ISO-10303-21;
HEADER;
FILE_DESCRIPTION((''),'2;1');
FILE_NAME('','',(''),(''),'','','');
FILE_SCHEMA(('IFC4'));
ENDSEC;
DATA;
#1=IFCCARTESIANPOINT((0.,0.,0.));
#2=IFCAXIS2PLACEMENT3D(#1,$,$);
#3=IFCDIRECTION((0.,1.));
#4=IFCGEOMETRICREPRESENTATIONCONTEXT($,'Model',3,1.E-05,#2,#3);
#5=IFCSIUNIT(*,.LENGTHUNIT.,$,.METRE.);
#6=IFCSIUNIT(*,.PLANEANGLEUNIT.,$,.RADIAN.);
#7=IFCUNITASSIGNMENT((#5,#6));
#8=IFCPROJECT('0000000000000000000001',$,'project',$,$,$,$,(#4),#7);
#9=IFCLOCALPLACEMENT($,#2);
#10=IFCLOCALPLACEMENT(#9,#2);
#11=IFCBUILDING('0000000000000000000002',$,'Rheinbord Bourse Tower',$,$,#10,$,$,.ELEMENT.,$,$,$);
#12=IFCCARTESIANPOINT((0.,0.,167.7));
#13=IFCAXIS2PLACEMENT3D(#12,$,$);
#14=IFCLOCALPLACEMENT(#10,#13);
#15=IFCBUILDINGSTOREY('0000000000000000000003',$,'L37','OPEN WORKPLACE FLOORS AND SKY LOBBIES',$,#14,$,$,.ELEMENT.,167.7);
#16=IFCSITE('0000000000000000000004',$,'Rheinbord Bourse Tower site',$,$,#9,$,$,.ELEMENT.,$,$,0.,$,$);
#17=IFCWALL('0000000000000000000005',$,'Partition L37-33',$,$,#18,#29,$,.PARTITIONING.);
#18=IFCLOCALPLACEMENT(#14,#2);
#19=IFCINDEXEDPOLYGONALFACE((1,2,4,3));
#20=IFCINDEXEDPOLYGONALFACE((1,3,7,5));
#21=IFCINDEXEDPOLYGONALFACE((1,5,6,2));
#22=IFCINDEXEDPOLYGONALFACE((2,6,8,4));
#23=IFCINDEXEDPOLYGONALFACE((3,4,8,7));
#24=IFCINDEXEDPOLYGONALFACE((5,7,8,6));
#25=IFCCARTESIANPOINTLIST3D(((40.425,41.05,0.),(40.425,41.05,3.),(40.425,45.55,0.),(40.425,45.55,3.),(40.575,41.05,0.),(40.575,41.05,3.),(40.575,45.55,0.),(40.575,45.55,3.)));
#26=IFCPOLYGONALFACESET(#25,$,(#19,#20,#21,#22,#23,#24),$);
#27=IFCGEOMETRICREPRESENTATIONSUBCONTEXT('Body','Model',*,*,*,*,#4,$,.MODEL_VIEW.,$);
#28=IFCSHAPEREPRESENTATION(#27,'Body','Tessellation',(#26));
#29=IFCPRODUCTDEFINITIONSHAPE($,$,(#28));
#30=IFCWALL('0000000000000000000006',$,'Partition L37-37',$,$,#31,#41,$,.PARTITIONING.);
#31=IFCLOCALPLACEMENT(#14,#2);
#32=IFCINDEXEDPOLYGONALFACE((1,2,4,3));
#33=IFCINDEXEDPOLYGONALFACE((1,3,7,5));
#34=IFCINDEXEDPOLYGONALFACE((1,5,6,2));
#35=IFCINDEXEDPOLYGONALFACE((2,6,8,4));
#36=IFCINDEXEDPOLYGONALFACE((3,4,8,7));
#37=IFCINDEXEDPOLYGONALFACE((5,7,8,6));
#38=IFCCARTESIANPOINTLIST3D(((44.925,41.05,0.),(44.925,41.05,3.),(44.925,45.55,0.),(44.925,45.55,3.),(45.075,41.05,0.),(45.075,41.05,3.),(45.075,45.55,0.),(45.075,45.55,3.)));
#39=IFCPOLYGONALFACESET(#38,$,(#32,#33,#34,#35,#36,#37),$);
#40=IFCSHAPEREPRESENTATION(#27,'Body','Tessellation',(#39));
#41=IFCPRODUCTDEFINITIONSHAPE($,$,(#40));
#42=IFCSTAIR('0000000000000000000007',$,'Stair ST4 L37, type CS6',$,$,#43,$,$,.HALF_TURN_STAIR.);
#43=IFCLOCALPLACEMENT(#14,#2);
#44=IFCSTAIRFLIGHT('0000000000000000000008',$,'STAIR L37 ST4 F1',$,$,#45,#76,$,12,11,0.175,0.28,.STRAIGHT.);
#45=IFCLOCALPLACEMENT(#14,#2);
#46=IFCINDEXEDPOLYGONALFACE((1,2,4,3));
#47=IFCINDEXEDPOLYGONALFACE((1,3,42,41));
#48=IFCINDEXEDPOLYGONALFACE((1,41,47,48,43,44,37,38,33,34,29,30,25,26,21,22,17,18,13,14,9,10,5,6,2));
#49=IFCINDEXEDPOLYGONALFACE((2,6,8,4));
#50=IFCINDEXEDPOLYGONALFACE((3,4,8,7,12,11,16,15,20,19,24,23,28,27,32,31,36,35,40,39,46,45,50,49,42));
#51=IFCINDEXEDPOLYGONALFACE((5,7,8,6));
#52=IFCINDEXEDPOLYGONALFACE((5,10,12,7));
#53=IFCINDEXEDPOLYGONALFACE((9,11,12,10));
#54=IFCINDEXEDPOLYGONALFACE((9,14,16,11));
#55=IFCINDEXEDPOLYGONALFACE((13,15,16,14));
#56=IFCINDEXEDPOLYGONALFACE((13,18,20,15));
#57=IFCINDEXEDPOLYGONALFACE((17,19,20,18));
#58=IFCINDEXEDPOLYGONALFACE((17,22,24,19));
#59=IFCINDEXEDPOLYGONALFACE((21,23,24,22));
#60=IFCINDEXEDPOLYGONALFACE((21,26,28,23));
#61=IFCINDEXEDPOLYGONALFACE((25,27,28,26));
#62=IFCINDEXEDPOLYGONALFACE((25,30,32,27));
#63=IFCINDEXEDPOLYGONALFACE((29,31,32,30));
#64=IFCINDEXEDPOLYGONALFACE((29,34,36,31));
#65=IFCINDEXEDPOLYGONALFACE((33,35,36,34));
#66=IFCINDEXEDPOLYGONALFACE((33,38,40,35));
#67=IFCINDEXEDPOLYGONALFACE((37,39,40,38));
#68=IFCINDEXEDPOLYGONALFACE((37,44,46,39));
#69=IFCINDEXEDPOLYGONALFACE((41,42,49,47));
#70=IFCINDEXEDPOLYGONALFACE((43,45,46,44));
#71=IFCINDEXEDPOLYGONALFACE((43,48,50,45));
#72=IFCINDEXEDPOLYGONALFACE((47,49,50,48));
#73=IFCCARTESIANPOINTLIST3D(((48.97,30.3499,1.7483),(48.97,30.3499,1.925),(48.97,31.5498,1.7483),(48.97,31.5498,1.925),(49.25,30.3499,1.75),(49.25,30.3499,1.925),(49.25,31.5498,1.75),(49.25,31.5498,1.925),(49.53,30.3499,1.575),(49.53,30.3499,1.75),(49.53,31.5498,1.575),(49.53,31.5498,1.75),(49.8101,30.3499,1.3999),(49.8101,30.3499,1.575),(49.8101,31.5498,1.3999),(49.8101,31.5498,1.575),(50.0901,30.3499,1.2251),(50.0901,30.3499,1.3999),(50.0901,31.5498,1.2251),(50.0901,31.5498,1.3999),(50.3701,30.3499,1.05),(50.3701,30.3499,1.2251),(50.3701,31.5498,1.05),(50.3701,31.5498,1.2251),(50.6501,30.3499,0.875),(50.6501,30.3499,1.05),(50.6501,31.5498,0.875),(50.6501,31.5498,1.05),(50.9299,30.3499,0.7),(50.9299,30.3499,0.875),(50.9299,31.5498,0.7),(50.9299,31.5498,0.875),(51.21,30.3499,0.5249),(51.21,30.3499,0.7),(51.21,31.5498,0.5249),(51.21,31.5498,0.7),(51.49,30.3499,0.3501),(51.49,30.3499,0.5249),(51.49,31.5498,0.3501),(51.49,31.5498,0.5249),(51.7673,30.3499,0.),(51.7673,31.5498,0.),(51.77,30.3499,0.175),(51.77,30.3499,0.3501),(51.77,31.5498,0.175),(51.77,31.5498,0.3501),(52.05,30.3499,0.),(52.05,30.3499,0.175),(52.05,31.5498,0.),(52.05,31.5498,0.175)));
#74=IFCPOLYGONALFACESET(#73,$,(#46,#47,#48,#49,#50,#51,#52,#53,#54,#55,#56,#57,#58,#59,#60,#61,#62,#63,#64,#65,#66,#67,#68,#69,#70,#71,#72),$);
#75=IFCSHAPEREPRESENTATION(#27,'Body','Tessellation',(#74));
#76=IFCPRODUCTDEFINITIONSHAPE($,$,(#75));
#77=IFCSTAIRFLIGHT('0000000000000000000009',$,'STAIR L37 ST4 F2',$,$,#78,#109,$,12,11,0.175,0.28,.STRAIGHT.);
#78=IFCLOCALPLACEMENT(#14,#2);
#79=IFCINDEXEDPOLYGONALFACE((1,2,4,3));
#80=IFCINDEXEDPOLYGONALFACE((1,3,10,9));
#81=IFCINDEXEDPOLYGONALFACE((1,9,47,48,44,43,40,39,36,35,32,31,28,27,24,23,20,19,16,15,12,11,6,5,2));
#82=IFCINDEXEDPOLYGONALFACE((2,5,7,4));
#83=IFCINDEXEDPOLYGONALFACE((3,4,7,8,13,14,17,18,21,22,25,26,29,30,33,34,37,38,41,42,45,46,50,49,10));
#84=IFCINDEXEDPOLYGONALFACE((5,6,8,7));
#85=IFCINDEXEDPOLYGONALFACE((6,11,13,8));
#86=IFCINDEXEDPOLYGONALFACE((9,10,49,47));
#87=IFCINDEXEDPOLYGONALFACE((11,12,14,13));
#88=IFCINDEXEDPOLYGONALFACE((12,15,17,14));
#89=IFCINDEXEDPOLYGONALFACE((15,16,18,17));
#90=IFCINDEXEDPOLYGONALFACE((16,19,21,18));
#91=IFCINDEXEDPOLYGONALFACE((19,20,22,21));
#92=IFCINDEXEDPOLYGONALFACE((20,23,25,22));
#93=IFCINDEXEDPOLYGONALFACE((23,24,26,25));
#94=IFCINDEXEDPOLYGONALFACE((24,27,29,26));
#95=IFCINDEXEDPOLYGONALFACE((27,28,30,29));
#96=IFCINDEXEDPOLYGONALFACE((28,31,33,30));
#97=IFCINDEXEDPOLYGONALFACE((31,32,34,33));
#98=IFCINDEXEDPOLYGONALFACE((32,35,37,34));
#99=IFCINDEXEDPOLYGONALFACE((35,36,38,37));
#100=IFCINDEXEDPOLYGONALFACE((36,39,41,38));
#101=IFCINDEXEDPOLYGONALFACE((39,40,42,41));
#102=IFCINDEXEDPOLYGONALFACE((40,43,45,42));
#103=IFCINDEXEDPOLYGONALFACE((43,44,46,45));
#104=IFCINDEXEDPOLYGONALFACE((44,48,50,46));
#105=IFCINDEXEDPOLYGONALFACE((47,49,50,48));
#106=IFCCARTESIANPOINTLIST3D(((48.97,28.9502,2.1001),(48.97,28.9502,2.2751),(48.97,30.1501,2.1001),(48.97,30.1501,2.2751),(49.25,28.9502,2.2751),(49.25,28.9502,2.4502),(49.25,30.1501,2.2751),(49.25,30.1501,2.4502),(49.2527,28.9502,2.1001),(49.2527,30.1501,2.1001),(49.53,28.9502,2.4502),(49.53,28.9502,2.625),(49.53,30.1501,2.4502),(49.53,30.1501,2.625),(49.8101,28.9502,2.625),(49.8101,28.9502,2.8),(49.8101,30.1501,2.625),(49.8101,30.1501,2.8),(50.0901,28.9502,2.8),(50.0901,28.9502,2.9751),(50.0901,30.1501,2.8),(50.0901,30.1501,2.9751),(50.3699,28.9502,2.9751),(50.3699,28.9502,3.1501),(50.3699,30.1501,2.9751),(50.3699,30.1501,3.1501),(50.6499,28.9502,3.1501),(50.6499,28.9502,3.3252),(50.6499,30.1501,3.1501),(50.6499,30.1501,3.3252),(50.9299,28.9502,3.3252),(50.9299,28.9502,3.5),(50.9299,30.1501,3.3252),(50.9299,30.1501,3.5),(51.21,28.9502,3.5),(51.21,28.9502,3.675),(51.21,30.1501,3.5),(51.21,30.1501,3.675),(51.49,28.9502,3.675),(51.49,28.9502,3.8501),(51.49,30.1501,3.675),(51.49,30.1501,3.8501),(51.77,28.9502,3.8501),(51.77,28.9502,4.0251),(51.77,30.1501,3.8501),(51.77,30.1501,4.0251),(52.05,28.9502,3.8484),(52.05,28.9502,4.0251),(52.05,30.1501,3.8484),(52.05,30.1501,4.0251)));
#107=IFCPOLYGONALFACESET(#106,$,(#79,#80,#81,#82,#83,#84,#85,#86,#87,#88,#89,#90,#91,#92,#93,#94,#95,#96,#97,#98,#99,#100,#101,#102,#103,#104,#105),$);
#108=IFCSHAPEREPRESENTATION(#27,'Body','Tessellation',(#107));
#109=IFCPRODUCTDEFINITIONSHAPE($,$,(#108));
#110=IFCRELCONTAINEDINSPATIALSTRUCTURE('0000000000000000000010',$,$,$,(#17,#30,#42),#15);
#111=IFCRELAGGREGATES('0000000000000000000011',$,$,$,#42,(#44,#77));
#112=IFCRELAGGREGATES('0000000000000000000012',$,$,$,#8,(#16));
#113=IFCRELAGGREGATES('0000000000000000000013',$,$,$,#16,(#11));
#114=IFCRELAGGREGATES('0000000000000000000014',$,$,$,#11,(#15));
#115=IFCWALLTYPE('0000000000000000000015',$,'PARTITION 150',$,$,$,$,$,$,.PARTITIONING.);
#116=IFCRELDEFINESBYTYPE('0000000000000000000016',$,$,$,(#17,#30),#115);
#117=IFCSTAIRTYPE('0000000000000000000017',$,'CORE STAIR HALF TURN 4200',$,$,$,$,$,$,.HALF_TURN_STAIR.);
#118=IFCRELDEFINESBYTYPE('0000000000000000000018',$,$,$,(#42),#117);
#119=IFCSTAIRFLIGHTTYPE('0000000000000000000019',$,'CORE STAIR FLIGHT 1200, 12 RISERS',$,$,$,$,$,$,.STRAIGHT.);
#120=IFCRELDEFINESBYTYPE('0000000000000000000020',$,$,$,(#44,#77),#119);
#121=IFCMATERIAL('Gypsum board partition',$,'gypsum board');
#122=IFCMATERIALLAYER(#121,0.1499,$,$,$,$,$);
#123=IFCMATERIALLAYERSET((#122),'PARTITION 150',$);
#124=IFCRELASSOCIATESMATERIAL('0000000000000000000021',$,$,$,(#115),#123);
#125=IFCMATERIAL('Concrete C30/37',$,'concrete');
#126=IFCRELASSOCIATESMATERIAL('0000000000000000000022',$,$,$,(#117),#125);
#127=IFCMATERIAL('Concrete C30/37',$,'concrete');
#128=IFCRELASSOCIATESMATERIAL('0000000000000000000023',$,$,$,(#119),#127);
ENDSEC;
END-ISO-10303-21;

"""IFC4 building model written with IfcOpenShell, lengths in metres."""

from ifc_helpers import new_model, si_unit, direction, frame, frame_2d, origin, place, context, subcontext, project, spatial, polyline, rectangle, outline, extrude, material, layer, layer_set, type_object, element, aggregate, save


model = new_model("IFC4")

# Units and contexts
model_context = context("Model", 3, precision=1e-05, world=origin(), true_north=direction((0.0, 1.0)))
body_context = subcontext(model_context, "Body", "Model", "MODEL_VIEW")
ifc_project = project(units=[si_unit("LENGTHUNIT", "METRE"), si_unit("PLANEANGLEUNIT", "RADIAN")], contexts=[model_context])

# Site, building, storey
site_placement = place(None, origin())
site = spatial("IfcSite", under=ifc_project, at=site_placement, Name="Rheinbord Bourse Tower site", CompositionType="ELEMENT", RefElevation=0.0)
building_placement = place(site_placement, origin())
building = spatial("IfcBuilding", under=site, at=building_placement, Name="Rheinbord Bourse Tower", CompositionType="ELEMENT")
storey_placement = place(building_placement, frame((0.0, 0.0, 167.7)))
storey = spatial("IfcBuildingStorey", under=building, at=storey_placement, Name="L37", Description="OPEN WORKPLACE FLOORS AND SKY LOBBIES", CompositionType="ELEMENT", Elevation=167.7)

# Walls
ifc_material_1 = material(Name="Gypsum board partition", Category="gypsum board")
ifc_layer_1 = layer(ifc_material_1, 0.1499)
ifc_layer_set_1 = layer_set([ifc_layer_1], Name="PARTITION 150")
wall_type_1 = type_object("IfcWallType", Name="PARTITION 150", PredefinedType="PARTITIONING", material=ifc_layer_set_1)
for number, where, z_axis, x_axis, name in (
    (1, (40.5, 41.05, 0.0), (0.0, 0.0, 1.0), (0.0, 1.0, 0.0), "Partition L37-33"),
    (2, (45.0, 41.05, 0.0), (0.0, 0.0, 1.0), (0.0, 1.0, 0.0), "Partition L37-37"),
):
    element("IfcWall", number, at=place(storey_placement, frame(where, z_axis=z_axis, x_axis=x_axis)), inside=storey, type_object=wall_type_1, Name=name, PredefinedType="PARTITIONING", context=body_context, shape_type="SweptSolid", body=[
        extrude(rectangle(XDim=4.5, YDim=0.1499, at=frame_2d((2.25, 0.0))), origin(), (0.0, 0.0, 1.0), 3.0),
    ])

# Stair, stair flights
ifc_material_2 = material(Name="Concrete C30/37", Category="concrete")
stair_type = type_object("IfcStairType", Name="CORE STAIR HALF TURN 4200", PredefinedType="HALF_TURN_STAIR", material=ifc_material_2)
stair_placement = place(storey_placement, origin())
stair = element("IfcStair", 3, at=stair_placement, inside=storey, type_object=stair_type, Name="Stair ST4 L37, type CS6", PredefinedType="HALF_TURN_STAIR")
ifc_material_3 = material(Name="Concrete C30/37", Category="concrete")
stair_flight_type = type_object("IfcStairFlightType", Name="CORE STAIR FLIGHT 1200, 12 RISERS", PredefinedType="STRAIGHT", material=ifc_material_3)
stair_flight_1_placement = place(storey_placement, frame((52.05, 30.95, 0.0), z_axis=(0.0, 0.0, 1.0), x_axis=(-1.0, 0.0, 0.0)))
stair_flight_1 = element("IfcStairFlight", 4, at=stair_flight_1_placement, type_object=stair_flight_type, Name="STAIR L37 ST4 F1", NumberOfRisers=12, NumberOfTreads=11, PredefinedType="STRAIGHT", RiserHeight=0.175, TreadLength=0.28, context=body_context, shape_type="SweptSolid", body=[
    extrude(outline(polyline([(0.0, 0.0), (0.0, 0.175), (0.28, 0.175), (0.28, 0.3501), (0.5601, 0.3501), (0.5601, 0.5249), (0.8401, 0.5249), (0.8401, 0.7), (1.1201, 0.7), (1.1201, 0.875), (1.3999, 0.875), (1.3999, 1.05), (1.6799, 1.05), (1.6799, 1.2251), (1.96, 1.2251), (1.96, 1.3999), (2.24, 1.3999), (2.24, 1.575), (2.52, 1.575), (2.52, 1.75), (2.8, 1.75), (2.8, 1.925), (3.0801, 1.925), (3.0801, 2.1001), (3.0801, 1.7483), (0.2827, 0.0), (0.0, 0.0)])), frame((0.0, 0.6001, 0.0), z_axis=(0.0, -1.0, 0.0), x_axis=(1.0, 0.0, 0.0)), (0.0, 0.0, 1.0), 1.2),
])
stair_flight_2_placement = place(storey_placement, frame((48.97, 29.55, 2.1001), z_axis=(0.0, 0.0, 1.0), x_axis=(1.0, 0.0, 0.0)))
stair_flight_2 = element("IfcStairFlight", 5, at=stair_flight_2_placement, type_object=stair_flight_type, Name="STAIR L37 ST4 F2", NumberOfRisers=12, NumberOfTreads=11, PredefinedType="STRAIGHT", RiserHeight=0.175, TreadLength=0.28, context=body_context, shape_type="SweptSolid", body=[
    extrude(outline(polyline([(0.0, 0.0), (0.0, 0.175), (0.28, 0.175), (0.28, 0.3501), (0.5601, 0.3501), (0.5601, 0.5249), (0.8401, 0.5249), (0.8401, 0.7), (1.1201, 0.7), (1.1201, 0.875), (1.3999, 0.875), (1.3999, 1.05), (1.6799, 1.05), (1.6799, 1.2251), (1.96, 1.2251), (1.96, 1.3999), (2.24, 1.3999), (2.24, 1.575), (2.52, 1.575), (2.52, 1.75), (2.8, 1.75), (2.8, 1.925), (3.0801, 1.925), (3.0801, 2.1001), (3.0801, 1.7483), (0.2827, 0.0), (0.0, 0.0)])), frame((0.0, 0.6001, 0.0), z_axis=(0.0, -1.0, 0.0), x_axis=(1.0, 0.0, 0.0)), (0.0, 0.0, 1.0), 1.2),
])
aggregate(stair, [stair_flight_1, stair_flight_2])

save(model, "model.ifc")
